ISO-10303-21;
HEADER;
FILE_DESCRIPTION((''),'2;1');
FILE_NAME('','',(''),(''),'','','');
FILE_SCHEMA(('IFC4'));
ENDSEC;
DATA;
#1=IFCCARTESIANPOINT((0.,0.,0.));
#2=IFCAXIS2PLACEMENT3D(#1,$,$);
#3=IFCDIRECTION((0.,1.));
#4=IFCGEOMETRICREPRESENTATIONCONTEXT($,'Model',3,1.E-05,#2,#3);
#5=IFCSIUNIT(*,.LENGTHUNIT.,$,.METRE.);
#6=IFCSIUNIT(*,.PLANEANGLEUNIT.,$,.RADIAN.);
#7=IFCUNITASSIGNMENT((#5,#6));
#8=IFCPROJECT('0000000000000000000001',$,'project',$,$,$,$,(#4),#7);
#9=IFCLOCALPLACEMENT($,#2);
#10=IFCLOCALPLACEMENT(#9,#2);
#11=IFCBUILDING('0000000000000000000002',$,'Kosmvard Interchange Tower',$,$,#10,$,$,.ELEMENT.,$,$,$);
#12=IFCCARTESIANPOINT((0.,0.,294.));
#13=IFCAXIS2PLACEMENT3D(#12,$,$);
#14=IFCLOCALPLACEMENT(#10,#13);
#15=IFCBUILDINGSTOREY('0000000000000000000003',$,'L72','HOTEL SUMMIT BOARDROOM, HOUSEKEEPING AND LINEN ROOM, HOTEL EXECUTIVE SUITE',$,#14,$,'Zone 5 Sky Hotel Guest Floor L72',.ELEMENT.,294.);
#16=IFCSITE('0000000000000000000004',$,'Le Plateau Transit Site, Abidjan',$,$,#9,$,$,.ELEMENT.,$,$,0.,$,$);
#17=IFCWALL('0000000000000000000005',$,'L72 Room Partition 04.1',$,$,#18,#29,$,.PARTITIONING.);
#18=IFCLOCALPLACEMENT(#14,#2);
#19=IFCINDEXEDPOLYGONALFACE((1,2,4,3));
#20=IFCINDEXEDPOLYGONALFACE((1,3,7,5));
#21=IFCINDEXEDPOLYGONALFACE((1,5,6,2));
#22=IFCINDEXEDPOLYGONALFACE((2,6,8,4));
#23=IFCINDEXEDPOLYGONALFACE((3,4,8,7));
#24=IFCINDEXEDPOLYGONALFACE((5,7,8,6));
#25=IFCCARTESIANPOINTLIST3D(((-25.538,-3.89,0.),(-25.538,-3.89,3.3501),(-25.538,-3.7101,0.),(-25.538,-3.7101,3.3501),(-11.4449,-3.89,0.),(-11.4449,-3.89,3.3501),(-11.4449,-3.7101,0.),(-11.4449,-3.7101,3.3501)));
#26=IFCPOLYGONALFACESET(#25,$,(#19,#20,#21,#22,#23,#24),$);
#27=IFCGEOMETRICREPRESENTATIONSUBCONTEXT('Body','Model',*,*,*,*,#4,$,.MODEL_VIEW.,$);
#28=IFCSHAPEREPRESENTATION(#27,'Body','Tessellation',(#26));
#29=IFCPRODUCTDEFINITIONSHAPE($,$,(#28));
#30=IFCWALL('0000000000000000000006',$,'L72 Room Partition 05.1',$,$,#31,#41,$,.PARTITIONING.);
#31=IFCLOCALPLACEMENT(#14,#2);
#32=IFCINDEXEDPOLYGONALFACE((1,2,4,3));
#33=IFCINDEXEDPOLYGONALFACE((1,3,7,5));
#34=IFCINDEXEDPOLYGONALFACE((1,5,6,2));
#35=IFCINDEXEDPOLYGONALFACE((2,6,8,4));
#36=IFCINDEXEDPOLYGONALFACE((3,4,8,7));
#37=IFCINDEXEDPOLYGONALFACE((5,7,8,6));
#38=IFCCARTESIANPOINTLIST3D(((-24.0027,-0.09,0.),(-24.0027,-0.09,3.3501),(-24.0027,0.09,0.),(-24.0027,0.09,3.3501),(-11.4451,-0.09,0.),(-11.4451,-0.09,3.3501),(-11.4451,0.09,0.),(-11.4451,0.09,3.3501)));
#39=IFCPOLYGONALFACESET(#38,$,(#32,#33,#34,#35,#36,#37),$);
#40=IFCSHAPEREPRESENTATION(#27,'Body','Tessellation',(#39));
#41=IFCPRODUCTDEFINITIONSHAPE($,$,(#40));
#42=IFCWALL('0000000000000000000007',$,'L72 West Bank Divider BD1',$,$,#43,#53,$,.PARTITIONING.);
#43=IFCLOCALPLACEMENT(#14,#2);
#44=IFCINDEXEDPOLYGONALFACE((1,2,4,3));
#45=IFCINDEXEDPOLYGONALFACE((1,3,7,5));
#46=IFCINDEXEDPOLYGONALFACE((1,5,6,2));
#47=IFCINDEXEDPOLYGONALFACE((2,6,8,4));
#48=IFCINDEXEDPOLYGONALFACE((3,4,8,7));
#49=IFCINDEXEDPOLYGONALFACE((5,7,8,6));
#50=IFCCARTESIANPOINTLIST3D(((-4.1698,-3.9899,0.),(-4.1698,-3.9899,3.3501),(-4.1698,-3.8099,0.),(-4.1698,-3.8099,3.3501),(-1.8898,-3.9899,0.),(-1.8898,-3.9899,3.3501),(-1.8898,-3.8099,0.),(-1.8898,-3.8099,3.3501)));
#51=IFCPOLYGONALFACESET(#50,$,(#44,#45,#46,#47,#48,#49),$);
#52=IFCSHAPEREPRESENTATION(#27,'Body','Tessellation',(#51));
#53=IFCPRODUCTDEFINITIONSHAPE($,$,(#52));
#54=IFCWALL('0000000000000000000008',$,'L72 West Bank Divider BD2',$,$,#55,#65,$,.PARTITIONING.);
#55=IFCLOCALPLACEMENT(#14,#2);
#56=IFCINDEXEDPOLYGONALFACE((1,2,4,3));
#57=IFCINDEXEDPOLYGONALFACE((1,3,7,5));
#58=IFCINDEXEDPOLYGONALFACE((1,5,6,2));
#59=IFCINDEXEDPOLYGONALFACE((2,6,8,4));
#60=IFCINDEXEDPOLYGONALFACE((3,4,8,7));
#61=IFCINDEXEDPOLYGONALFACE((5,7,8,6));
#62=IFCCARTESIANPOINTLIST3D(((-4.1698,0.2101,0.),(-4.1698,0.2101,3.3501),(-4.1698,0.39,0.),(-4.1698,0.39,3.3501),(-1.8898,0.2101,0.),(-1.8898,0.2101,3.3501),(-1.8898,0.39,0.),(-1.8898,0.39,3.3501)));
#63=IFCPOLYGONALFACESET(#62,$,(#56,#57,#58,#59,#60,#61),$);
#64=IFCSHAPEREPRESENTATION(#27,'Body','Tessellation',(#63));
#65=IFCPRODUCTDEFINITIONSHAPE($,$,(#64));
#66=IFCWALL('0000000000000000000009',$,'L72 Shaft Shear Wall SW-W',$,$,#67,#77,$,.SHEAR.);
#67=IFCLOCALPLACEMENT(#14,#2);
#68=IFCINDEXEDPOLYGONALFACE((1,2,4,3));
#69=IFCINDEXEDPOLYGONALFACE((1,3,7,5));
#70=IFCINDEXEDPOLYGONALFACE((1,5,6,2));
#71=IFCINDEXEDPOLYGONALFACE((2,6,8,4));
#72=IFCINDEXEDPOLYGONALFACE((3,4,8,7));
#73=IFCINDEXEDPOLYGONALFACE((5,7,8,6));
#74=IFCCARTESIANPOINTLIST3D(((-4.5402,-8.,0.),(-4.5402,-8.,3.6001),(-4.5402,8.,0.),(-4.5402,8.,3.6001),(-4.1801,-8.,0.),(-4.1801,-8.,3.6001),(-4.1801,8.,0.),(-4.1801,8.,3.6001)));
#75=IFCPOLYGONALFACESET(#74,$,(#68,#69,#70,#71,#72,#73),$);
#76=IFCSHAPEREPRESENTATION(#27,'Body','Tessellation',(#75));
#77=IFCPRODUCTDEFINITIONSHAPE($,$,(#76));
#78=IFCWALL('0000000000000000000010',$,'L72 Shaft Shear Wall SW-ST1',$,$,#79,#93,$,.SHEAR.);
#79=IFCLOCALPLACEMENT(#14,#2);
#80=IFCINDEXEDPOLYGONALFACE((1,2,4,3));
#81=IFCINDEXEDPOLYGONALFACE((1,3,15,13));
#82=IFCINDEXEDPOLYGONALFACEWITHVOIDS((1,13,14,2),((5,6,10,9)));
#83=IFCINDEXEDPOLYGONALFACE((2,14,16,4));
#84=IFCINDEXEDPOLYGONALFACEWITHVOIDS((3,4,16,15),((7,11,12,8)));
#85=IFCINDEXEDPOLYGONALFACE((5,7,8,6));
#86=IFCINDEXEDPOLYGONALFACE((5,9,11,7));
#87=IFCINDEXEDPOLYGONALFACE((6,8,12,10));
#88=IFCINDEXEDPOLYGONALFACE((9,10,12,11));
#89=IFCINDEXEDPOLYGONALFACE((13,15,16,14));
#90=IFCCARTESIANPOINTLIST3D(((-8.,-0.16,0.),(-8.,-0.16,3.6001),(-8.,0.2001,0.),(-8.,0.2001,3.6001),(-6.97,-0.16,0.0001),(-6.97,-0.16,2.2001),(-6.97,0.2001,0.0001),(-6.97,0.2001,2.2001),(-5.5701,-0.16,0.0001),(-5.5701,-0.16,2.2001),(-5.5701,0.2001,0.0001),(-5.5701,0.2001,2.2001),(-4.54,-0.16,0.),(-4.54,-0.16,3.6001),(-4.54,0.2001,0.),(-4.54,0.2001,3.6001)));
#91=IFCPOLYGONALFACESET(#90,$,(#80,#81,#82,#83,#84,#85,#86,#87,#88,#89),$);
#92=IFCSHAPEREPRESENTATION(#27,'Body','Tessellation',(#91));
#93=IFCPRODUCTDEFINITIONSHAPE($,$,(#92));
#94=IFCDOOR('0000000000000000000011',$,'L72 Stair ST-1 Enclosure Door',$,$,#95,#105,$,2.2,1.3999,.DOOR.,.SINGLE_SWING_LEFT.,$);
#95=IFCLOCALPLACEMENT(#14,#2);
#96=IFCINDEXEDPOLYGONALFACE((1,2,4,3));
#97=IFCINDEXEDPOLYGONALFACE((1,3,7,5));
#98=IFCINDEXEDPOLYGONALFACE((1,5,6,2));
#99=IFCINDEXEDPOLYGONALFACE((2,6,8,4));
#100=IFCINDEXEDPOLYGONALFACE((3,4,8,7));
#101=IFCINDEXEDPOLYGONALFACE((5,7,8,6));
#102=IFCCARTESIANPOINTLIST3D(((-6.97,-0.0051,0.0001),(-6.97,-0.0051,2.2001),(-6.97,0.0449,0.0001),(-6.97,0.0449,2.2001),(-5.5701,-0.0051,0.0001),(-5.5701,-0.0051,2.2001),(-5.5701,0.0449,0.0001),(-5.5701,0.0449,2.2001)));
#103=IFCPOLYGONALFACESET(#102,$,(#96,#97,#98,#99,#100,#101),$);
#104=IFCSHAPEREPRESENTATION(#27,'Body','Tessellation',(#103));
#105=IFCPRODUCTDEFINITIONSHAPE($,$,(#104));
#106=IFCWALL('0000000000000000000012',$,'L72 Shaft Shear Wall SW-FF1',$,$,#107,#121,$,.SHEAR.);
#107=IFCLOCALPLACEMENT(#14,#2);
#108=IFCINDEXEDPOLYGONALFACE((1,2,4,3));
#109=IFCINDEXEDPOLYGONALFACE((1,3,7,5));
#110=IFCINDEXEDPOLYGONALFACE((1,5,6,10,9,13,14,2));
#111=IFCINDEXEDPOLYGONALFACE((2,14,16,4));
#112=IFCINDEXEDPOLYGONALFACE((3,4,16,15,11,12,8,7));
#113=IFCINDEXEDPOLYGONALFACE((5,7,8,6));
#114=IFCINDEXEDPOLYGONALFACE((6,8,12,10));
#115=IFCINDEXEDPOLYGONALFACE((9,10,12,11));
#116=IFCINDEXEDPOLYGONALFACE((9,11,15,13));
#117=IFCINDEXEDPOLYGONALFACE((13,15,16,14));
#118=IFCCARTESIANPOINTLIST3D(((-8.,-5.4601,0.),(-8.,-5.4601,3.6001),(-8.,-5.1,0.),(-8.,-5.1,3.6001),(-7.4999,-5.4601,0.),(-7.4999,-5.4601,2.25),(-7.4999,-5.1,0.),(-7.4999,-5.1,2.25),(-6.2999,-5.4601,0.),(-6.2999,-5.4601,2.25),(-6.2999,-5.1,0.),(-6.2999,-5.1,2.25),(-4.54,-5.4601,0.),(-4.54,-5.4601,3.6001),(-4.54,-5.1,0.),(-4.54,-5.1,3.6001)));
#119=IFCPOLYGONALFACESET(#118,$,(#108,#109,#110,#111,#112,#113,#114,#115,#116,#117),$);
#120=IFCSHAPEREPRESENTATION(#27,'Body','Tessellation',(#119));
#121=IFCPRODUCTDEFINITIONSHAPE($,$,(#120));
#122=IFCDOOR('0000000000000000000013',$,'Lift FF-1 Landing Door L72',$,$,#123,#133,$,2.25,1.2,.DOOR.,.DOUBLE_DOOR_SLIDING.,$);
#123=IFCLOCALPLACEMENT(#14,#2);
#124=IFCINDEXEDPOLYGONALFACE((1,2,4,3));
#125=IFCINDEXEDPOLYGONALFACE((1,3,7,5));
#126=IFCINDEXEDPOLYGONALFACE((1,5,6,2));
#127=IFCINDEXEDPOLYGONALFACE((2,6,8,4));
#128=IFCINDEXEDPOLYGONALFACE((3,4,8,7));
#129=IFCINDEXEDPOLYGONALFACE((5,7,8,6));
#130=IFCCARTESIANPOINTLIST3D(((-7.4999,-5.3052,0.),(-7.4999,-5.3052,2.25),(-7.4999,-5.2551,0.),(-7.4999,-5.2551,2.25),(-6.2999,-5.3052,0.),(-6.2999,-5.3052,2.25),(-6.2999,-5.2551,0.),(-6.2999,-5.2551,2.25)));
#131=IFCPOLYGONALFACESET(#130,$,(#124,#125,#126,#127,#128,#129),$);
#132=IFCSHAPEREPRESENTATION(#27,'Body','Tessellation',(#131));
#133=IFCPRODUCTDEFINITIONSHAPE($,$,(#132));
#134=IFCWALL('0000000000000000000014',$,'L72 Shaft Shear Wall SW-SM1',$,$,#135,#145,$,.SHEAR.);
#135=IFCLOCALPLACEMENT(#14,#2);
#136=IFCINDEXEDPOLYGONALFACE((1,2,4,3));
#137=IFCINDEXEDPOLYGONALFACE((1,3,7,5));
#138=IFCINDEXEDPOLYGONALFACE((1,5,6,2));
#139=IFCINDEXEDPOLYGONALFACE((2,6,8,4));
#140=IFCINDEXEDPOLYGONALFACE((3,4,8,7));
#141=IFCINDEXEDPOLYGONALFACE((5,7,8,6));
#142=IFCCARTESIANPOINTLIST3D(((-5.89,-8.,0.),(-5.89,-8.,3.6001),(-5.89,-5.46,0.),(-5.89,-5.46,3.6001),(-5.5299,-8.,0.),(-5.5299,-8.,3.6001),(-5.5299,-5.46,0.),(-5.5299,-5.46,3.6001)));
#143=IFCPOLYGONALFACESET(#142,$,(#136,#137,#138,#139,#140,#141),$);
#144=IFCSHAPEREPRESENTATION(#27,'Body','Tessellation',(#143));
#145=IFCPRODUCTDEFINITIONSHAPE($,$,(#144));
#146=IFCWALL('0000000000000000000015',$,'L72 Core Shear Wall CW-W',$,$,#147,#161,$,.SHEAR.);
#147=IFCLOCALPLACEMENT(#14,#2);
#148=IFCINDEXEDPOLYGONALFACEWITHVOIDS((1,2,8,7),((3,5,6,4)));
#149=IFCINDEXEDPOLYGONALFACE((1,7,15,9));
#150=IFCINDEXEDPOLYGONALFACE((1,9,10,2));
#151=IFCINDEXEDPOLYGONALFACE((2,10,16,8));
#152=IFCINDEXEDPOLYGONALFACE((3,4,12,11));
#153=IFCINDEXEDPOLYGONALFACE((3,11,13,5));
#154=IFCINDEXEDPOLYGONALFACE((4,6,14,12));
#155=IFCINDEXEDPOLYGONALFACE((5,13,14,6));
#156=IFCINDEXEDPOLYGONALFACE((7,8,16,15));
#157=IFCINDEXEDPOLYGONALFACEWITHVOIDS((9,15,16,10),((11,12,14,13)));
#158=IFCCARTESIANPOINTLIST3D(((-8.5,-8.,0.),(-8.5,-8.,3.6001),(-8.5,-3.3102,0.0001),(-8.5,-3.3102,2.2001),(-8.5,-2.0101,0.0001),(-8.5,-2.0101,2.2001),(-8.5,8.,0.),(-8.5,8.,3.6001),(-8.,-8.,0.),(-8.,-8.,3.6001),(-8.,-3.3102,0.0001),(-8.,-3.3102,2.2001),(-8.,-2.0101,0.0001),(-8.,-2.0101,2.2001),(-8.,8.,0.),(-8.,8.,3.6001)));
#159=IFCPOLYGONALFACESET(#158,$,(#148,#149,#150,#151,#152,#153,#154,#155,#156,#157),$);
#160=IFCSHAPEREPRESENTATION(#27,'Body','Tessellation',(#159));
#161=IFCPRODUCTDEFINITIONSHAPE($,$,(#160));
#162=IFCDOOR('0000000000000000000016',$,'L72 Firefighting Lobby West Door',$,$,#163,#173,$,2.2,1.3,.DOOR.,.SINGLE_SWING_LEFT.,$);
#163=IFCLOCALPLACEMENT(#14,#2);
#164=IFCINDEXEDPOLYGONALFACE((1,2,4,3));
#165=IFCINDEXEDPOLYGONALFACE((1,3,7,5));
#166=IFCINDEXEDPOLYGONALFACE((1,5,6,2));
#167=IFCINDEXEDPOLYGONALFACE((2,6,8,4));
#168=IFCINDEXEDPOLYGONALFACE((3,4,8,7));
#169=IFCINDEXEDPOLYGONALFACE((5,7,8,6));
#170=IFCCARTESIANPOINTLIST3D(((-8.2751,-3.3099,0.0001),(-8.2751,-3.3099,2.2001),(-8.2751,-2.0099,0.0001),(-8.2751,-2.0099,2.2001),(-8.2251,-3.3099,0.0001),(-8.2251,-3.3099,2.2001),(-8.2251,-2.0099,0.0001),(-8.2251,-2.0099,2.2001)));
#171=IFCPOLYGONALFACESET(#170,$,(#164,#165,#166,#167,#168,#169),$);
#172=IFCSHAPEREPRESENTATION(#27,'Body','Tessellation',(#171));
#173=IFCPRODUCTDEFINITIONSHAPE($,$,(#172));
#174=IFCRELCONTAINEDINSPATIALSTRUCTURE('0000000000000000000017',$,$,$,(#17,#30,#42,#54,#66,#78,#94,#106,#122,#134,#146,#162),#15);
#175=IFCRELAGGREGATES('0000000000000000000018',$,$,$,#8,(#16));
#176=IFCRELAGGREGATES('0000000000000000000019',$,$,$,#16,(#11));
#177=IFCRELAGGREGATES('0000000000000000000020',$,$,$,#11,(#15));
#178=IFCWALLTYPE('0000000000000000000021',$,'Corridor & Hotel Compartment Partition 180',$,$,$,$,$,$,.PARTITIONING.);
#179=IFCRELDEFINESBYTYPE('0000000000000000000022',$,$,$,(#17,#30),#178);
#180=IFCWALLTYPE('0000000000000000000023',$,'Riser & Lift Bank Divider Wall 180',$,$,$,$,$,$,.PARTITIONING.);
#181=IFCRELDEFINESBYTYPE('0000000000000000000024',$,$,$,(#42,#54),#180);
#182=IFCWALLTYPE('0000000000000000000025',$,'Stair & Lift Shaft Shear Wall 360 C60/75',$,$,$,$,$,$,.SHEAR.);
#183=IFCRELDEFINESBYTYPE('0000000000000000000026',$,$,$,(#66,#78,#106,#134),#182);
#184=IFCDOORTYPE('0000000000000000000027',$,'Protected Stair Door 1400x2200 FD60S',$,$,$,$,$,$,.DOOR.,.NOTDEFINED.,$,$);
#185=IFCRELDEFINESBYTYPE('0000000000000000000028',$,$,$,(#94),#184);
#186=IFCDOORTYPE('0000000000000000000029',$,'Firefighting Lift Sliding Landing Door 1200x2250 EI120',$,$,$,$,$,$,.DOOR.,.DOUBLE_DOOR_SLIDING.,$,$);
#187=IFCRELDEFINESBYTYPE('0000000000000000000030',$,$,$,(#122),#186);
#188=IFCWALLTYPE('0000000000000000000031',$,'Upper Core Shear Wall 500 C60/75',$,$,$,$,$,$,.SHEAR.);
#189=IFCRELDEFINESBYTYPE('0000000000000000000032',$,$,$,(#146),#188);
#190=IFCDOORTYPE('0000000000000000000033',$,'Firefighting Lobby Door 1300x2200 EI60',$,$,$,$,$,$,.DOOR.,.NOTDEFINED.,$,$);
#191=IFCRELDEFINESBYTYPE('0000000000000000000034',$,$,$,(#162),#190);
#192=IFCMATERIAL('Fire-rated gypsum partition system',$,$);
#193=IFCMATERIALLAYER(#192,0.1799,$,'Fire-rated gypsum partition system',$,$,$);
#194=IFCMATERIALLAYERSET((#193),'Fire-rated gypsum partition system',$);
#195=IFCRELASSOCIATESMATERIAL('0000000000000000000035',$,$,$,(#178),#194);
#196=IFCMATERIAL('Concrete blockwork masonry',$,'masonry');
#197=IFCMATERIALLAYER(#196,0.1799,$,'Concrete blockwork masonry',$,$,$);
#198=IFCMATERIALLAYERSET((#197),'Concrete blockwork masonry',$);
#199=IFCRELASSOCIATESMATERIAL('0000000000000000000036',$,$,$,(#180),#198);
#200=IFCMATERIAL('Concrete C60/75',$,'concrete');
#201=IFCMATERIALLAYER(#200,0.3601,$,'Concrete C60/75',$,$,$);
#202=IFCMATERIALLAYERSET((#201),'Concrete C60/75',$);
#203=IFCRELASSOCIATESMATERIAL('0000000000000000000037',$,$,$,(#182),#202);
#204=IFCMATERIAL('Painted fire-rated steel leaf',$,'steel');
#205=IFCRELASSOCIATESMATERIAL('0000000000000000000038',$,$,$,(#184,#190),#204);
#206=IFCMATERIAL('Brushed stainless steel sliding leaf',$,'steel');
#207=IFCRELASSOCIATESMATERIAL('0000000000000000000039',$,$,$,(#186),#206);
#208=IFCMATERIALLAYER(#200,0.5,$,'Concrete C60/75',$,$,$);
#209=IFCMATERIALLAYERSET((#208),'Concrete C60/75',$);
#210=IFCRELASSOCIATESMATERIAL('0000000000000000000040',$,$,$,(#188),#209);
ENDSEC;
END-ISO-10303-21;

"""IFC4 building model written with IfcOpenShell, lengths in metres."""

from ifc_helpers import new_model, si_unit, direction, frame, frame_2d, origin, place, context, subcontext, project, spatial, rectangle, extrude, source, transform, mapped, material, layer, layer_set, type_object, element, fill, save


model = new_model("IFC4")

# Units and contexts
model_context = context("Model", 3, precision=1e-05, world=origin(), true_north=direction((0.0, 1.0)))
body_context = subcontext(model_context, "Body", "Model", "MODEL_VIEW")
ifc_project = project(units=[si_unit("LENGTHUNIT", "METRE"), si_unit("PLANEANGLEUNIT", "RADIAN")], contexts=[model_context])

# Site, building, storey
site_placement = place(None, origin())
site = spatial("IfcSite", under=ifc_project, at=site_placement, Name="Le Plateau Transit Site, Abidjan", CompositionType="ELEMENT", RefElevation=0.0)
building_placement = place(site_placement, origin())
building = spatial("IfcBuilding", under=site, at=building_placement, Name="Kosmvard Interchange Tower", CompositionType="ELEMENT")
storey_placement = place(building_placement, frame((0.0, 0.0, 294.0)))
storey = spatial("IfcBuildingStorey", under=building, at=storey_placement, Name="L72", Description="HOTEL SUMMIT BOARDROOM, HOUSEKEEPING AND LINEN ROOM, HOTEL EXECUTIVE SUITE", LongName="Zone 5 Sky Hotel Guest Floor L72", CompositionType="ELEMENT", Elevation=294.0)

# Walls
ifc_material_1 = material(Name="Fire-rated gypsum partition system")
ifc_layer_1 = layer(ifc_material_1, 0.1799, Name="Fire-rated gypsum partition system")
ifc_layer_set_1 = layer_set([ifc_layer_1], Name="Fire-rated gypsum partition system")
wall_type_1 = type_object("IfcWallType", Name="Corridor & Hotel Compartment Partition 180", PredefinedType="PARTITIONING", material=ifc_layer_set_1)
wall_1_placement = place(storey_placement, frame((-11.4451, -3.8, 0.0), z_axis=(0.0, 0.0, 1.0), x_axis=(-1.0, 0.0, 0.0)))
element("IfcWall", 1, at=wall_1_placement, inside=storey, type_object=wall_type_1, Name="L72 Room Partition 04.1", PredefinedType="PARTITIONING", context=body_context, shape_type="SweptSolid", body=[
    extrude(rectangle(XDim=14.093, YDim=0.1799, at=frame_2d((7.0464, 0.0))), origin(), (0.0, 0.0, 1.0), 3.3501),
])
wall_2_placement = place(storey_placement, frame((-11.4451, 0.0, 0.0), z_axis=(0.0, 0.0, 1.0), x_axis=(-1.0, 0.0, 0.0)))
element("IfcWall", 2, at=wall_2_placement, inside=storey, type_object=wall_type_1, Name="L72 Room Partition 05.1", PredefinedType="PARTITIONING", context=body_context, shape_type="SweptSolid", body=[
    extrude(rectangle(XDim=12.5576, YDim=0.1799, at=frame_2d((6.2788, 0.0))), origin(), (0.0, 0.0, 1.0), 3.3501),
])
ifc_material_2 = material(Name="Concrete blockwork masonry", Category="masonry")
ifc_layer_2 = layer(ifc_material_2, 0.1799, Name="Concrete blockwork masonry")
ifc_layer_set_2 = layer_set([ifc_layer_2], Name="Concrete blockwork masonry")
wall_type_2 = type_object("IfcWallType", Name="Riser & Lift Bank Divider Wall 180", PredefinedType="PARTITIONING", material=ifc_layer_set_2)
for number, where, z_axis, x_axis, name in (
    (3, (-4.1699, -3.8999, 0.0), (0.0, 0.0, 1.0), (1.0, 0.0, 0.0), "L72 West Bank Divider BD1"),
    (4, (-4.1699, 0.3, 0.0), (0.0, 0.0, 1.0), (1.0, 0.0, 0.0), "L72 West Bank Divider BD2"),
):
    element("IfcWall", number, at=place(storey_placement, frame(where, z_axis=z_axis, x_axis=x_axis)), inside=storey, type_object=wall_type_2, Name=name, PredefinedType="PARTITIONING", context=body_context, shape_type="SweptSolid", body=[
        extrude(rectangle(XDim=2.28, YDim=0.1799, at=frame_2d((1.1401, 0.0))), origin(), (0.0, 0.0, 1.0), 3.3501),
    ])
ifc_material_3 = material(Name="Concrete C60/75", Category="concrete")
ifc_layer_3 = layer(ifc_material_3, 0.3601, Name="Concrete C60/75")
ifc_layer_set_3 = layer_set([ifc_layer_3], Name="Concrete C60/75")
wall_type_3 = type_object("IfcWallType", Name="Stair & Lift Shaft Shear Wall 360 C60/75", PredefinedType="SHEAR", material=ifc_layer_set_3)
wall_3_placement = place(storey_placement, frame((-4.3601, -8.0, 0.0), z_axis=(0.0, 0.0, 1.0), x_axis=(0.0, 1.0, 0.0)))
element("IfcWall", 5, at=wall_3_placement, inside=storey, type_object=wall_type_3, Name="L72 Shaft Shear Wall SW-W", PredefinedType="SHEAR", context=body_context, shape_type="SweptSolid", body=[
    extrude(rectangle(XDim=16.0, YDim=0.3601, at=frame_2d((8.0, 0.0))), origin(), (0.0, 0.0, 1.0), 3.6001),
])

# Walls, openings, doors
wall_4_placement = place(storey_placement, frame((-8.0, 0.02, 0.0), z_axis=(0.0, 0.0, 1.0), x_axis=(1.0, 0.0, 0.0)))
wall_4 = element("IfcWall", 6, at=wall_4_placement, inside=storey, type_object=wall_type_3, Name="L72 Shaft Shear Wall SW-ST1", PredefinedType="SHEAR", context=body_context, shape_type="SweptSolid", body=[
    extrude(rectangle(XDim=3.46, YDim=0.3601, at=frame_2d((1.73, 0.0))), origin(), (0.0, 0.0, 1.0), 3.6001),
])
opening_1_placement = place(wall_4_placement, frame((1.03, 0.0, 0.0)))
opening_1 = element("IfcOpeningElement", 7, at=opening_1_placement, cuts=wall_4, PredefinedType="OPENING", context=body_context, shape_type="SweptSolid", body=[
    extrude(rectangle(XDim=1.3999, YDim=2.2, at=frame_2d((0.7, 1.1001))), frame((0.0, 0.1899, 0.0), z_axis=(0.0, -1.0, 0.0), x_axis=(1.0, 0.0, 0.0)), (0.0, 0.0, 1.0), 0.3801),
])
ifc_material_4 = material(Name="Painted fire-rated steel leaf", Category="steel")
door_type_1 = type_object("IfcDoorType", Name="Protected Stair Door 1400x2200 FD60S", OperationType="NOTDEFINED", PredefinedType="DOOR", material=ifc_material_4)
shared_shape_1 = source(origin(), body_context, "Body", "SweptSolid", [
    extrude(rectangle(XDim=1.3999, YDim=2.2, at=frame_2d((0.7, 1.1001))), frame((0.0, 0.0249, 0.0), z_axis=(0.0, -1.0, 0.0), x_axis=(1.0, 0.0, 0.0)), (0.0, 0.0, 1.0), 0.05),
])
door_1_placement = place(opening_1_placement, origin())
door_1 = element("IfcDoor", 8, at=door_1_placement, inside=storey, type_object=door_type_1, Name="L72 Stair ST-1 Enclosure Door", OperationType="SINGLE_SWING_LEFT", OverallHeight=2.2, OverallWidth=1.3999, PredefinedType="DOOR", context=body_context, shape_type="MappedRepresentation", body=[
    mapped(shared_shape_1, transform((0.0, 0.0, 0.0), scale=1.0)),
])
fill(opening_1, door_1)
wall_5_placement = place(storey_placement, frame((-8.0, -5.28, 0.0), z_axis=(0.0, 0.0, 1.0), x_axis=(1.0, 0.0, 0.0)))
wall_5 = element("IfcWall", 9, at=wall_5_placement, inside=storey, type_object=wall_type_3, Name="L72 Shaft Shear Wall SW-FF1", PredefinedType="SHEAR", context=body_context, shape_type="SweptSolid", body=[
    extrude(rectangle(XDim=3.46, YDim=0.3601, at=frame_2d((1.73, 0.0))), origin(), (0.0, 0.0, 1.0), 3.6001),
])
opening_2_placement = place(wall_5_placement, frame((0.5, 0.0, 0.0)))
opening_2 = element("IfcOpeningElement", 10, at=opening_2_placement, cuts=wall_5, PredefinedType="OPENING", context=body_context, shape_type="SweptSolid", body=[
    extrude(rectangle(XDim=1.2, YDim=2.25, at=frame_2d((0.6001, 1.125))), frame((0.0, 0.1899, 0.0), z_axis=(0.0, -1.0, 0.0), x_axis=(1.0, 0.0, 0.0)), (0.0, 0.0, 1.0), 0.3801),
])
ifc_material_5 = material(Name="Brushed stainless steel sliding leaf", Category="steel")
door_type_2 = type_object("IfcDoorType", Name="Firefighting Lift Sliding Landing Door 1200x2250 EI120", OperationType="DOUBLE_DOOR_SLIDING", PredefinedType="DOOR", material=ifc_material_5)
shared_shape_2 = source(origin(), body_context, "Body", "SweptSolid", [
    extrude(rectangle(XDim=1.2, YDim=2.25, at=frame_2d((0.6001, 1.125))), frame((0.0, 0.0249, 0.0), z_axis=(0.0, -1.0, 0.0), x_axis=(1.0, 0.0, 0.0)), (0.0, 0.0, 1.0), 0.05),
])
door_2_placement = place(opening_2_placement, origin())
door_2 = element("IfcDoor", 11, at=door_2_placement, inside=storey, type_object=door_type_2, Name="Lift FF-1 Landing Door L72", OperationType="DOUBLE_DOOR_SLIDING", OverallHeight=2.25, OverallWidth=1.2, PredefinedType="DOOR", context=body_context, shape_type="MappedRepresentation", body=[
    mapped(shared_shape_2, transform((0.0, 0.0, 0.0), scale=1.0)),
])
fill(opening_2, door_2)

# Wall
wall_6_placement = place(storey_placement, frame((-5.71, -8.0, 0.0), z_axis=(0.0, 0.0, 1.0), x_axis=(0.0, 1.0, 0.0)))
element("IfcWall", 12, at=wall_6_placement, inside=storey, type_object=wall_type_3, Name="L72 Shaft Shear Wall SW-SM1", PredefinedType="SHEAR", context=body_context, shape_type="SweptSolid", body=[
    extrude(rectangle(XDim=2.54, YDim=0.3601, at=frame_2d((1.27, 0.0))), origin(), (0.0, 0.0, 1.0), 3.6001),
])

# Wall, opening, door
ifc_layer_4 = layer(ifc_material_3, 0.5, Name="Concrete C60/75")
ifc_layer_set_4 = layer_set([ifc_layer_4], Name="Concrete C60/75")
wall_type_4 = type_object("IfcWallType", Name="Upper Core Shear Wall 500 C60/75", PredefinedType="SHEAR", material=ifc_layer_set_4)
wall_7_placement = place(storey_placement, frame((-8.25, -8.0, 0.0), z_axis=(0.0, 0.0, 1.0), x_axis=(0.0, 1.0, 0.0)))
wall_7 = element("IfcWall", 13, at=wall_7_placement, inside=storey, type_object=wall_type_4, Name="L72 Core Shear Wall CW-W", PredefinedType="SHEAR", context=body_context, shape_type="SweptSolid", body=[
    extrude(rectangle(XDim=16.0, YDim=0.5, at=frame_2d((8.0, 0.0))), origin(), (0.0, 0.0, 1.0), 3.6001),
])
opening_3_placement = place(wall_7_placement, frame((4.6899, 0.0, 0.0)))
opening_3 = element("IfcOpeningElement", 14, at=opening_3_placement, cuts=wall_7, PredefinedType="OPENING", context=body_context, shape_type="SweptSolid", body=[
    extrude(rectangle(XDim=1.3, YDim=2.2, at=frame_2d((0.6499, 1.1001))), frame((0.0, 0.26, 0.0), z_axis=(0.0, -1.0, 0.0), x_axis=(1.0, 0.0, 0.0)), (0.0, 0.0, 1.0), 0.52),
])
door_type_3 = type_object("IfcDoorType", Name="Firefighting Lobby Door 1300x2200 EI60", OperationType="NOTDEFINED", PredefinedType="DOOR", material=ifc_material_4)
shared_shape_3 = source(origin(), body_context, "Body", "SweptSolid", [
    extrude(rectangle(XDim=1.3, YDim=2.2, at=frame_2d((0.6499, 1.1001))), frame((0.0, 0.0249, 0.0), z_axis=(0.0, -1.0, 0.0), x_axis=(1.0, 0.0, 0.0)), (0.0, 0.0, 1.0), 0.05),
])
door_3_placement = place(opening_3_placement, frame((1.3, 0.0, 0.0), z_axis=(0.0, 0.0, 1.0), x_axis=(-1.0, 0.0, 0.0)))
door_3 = element("IfcDoor", 15, at=door_3_placement, inside=storey, type_object=door_type_3, Name="L72 Firefighting Lobby West Door", OperationType="SINGLE_SWING_LEFT", OverallHeight=2.2, OverallWidth=1.3, PredefinedType="DOOR", context=body_context, shape_type="MappedRepresentation", body=[
    mapped(shared_shape_3, transform((0.0, 0.0, 0.0), scale=1.0)),
])
fill(opening_3, door_3)

save(model, "model.ifc")
